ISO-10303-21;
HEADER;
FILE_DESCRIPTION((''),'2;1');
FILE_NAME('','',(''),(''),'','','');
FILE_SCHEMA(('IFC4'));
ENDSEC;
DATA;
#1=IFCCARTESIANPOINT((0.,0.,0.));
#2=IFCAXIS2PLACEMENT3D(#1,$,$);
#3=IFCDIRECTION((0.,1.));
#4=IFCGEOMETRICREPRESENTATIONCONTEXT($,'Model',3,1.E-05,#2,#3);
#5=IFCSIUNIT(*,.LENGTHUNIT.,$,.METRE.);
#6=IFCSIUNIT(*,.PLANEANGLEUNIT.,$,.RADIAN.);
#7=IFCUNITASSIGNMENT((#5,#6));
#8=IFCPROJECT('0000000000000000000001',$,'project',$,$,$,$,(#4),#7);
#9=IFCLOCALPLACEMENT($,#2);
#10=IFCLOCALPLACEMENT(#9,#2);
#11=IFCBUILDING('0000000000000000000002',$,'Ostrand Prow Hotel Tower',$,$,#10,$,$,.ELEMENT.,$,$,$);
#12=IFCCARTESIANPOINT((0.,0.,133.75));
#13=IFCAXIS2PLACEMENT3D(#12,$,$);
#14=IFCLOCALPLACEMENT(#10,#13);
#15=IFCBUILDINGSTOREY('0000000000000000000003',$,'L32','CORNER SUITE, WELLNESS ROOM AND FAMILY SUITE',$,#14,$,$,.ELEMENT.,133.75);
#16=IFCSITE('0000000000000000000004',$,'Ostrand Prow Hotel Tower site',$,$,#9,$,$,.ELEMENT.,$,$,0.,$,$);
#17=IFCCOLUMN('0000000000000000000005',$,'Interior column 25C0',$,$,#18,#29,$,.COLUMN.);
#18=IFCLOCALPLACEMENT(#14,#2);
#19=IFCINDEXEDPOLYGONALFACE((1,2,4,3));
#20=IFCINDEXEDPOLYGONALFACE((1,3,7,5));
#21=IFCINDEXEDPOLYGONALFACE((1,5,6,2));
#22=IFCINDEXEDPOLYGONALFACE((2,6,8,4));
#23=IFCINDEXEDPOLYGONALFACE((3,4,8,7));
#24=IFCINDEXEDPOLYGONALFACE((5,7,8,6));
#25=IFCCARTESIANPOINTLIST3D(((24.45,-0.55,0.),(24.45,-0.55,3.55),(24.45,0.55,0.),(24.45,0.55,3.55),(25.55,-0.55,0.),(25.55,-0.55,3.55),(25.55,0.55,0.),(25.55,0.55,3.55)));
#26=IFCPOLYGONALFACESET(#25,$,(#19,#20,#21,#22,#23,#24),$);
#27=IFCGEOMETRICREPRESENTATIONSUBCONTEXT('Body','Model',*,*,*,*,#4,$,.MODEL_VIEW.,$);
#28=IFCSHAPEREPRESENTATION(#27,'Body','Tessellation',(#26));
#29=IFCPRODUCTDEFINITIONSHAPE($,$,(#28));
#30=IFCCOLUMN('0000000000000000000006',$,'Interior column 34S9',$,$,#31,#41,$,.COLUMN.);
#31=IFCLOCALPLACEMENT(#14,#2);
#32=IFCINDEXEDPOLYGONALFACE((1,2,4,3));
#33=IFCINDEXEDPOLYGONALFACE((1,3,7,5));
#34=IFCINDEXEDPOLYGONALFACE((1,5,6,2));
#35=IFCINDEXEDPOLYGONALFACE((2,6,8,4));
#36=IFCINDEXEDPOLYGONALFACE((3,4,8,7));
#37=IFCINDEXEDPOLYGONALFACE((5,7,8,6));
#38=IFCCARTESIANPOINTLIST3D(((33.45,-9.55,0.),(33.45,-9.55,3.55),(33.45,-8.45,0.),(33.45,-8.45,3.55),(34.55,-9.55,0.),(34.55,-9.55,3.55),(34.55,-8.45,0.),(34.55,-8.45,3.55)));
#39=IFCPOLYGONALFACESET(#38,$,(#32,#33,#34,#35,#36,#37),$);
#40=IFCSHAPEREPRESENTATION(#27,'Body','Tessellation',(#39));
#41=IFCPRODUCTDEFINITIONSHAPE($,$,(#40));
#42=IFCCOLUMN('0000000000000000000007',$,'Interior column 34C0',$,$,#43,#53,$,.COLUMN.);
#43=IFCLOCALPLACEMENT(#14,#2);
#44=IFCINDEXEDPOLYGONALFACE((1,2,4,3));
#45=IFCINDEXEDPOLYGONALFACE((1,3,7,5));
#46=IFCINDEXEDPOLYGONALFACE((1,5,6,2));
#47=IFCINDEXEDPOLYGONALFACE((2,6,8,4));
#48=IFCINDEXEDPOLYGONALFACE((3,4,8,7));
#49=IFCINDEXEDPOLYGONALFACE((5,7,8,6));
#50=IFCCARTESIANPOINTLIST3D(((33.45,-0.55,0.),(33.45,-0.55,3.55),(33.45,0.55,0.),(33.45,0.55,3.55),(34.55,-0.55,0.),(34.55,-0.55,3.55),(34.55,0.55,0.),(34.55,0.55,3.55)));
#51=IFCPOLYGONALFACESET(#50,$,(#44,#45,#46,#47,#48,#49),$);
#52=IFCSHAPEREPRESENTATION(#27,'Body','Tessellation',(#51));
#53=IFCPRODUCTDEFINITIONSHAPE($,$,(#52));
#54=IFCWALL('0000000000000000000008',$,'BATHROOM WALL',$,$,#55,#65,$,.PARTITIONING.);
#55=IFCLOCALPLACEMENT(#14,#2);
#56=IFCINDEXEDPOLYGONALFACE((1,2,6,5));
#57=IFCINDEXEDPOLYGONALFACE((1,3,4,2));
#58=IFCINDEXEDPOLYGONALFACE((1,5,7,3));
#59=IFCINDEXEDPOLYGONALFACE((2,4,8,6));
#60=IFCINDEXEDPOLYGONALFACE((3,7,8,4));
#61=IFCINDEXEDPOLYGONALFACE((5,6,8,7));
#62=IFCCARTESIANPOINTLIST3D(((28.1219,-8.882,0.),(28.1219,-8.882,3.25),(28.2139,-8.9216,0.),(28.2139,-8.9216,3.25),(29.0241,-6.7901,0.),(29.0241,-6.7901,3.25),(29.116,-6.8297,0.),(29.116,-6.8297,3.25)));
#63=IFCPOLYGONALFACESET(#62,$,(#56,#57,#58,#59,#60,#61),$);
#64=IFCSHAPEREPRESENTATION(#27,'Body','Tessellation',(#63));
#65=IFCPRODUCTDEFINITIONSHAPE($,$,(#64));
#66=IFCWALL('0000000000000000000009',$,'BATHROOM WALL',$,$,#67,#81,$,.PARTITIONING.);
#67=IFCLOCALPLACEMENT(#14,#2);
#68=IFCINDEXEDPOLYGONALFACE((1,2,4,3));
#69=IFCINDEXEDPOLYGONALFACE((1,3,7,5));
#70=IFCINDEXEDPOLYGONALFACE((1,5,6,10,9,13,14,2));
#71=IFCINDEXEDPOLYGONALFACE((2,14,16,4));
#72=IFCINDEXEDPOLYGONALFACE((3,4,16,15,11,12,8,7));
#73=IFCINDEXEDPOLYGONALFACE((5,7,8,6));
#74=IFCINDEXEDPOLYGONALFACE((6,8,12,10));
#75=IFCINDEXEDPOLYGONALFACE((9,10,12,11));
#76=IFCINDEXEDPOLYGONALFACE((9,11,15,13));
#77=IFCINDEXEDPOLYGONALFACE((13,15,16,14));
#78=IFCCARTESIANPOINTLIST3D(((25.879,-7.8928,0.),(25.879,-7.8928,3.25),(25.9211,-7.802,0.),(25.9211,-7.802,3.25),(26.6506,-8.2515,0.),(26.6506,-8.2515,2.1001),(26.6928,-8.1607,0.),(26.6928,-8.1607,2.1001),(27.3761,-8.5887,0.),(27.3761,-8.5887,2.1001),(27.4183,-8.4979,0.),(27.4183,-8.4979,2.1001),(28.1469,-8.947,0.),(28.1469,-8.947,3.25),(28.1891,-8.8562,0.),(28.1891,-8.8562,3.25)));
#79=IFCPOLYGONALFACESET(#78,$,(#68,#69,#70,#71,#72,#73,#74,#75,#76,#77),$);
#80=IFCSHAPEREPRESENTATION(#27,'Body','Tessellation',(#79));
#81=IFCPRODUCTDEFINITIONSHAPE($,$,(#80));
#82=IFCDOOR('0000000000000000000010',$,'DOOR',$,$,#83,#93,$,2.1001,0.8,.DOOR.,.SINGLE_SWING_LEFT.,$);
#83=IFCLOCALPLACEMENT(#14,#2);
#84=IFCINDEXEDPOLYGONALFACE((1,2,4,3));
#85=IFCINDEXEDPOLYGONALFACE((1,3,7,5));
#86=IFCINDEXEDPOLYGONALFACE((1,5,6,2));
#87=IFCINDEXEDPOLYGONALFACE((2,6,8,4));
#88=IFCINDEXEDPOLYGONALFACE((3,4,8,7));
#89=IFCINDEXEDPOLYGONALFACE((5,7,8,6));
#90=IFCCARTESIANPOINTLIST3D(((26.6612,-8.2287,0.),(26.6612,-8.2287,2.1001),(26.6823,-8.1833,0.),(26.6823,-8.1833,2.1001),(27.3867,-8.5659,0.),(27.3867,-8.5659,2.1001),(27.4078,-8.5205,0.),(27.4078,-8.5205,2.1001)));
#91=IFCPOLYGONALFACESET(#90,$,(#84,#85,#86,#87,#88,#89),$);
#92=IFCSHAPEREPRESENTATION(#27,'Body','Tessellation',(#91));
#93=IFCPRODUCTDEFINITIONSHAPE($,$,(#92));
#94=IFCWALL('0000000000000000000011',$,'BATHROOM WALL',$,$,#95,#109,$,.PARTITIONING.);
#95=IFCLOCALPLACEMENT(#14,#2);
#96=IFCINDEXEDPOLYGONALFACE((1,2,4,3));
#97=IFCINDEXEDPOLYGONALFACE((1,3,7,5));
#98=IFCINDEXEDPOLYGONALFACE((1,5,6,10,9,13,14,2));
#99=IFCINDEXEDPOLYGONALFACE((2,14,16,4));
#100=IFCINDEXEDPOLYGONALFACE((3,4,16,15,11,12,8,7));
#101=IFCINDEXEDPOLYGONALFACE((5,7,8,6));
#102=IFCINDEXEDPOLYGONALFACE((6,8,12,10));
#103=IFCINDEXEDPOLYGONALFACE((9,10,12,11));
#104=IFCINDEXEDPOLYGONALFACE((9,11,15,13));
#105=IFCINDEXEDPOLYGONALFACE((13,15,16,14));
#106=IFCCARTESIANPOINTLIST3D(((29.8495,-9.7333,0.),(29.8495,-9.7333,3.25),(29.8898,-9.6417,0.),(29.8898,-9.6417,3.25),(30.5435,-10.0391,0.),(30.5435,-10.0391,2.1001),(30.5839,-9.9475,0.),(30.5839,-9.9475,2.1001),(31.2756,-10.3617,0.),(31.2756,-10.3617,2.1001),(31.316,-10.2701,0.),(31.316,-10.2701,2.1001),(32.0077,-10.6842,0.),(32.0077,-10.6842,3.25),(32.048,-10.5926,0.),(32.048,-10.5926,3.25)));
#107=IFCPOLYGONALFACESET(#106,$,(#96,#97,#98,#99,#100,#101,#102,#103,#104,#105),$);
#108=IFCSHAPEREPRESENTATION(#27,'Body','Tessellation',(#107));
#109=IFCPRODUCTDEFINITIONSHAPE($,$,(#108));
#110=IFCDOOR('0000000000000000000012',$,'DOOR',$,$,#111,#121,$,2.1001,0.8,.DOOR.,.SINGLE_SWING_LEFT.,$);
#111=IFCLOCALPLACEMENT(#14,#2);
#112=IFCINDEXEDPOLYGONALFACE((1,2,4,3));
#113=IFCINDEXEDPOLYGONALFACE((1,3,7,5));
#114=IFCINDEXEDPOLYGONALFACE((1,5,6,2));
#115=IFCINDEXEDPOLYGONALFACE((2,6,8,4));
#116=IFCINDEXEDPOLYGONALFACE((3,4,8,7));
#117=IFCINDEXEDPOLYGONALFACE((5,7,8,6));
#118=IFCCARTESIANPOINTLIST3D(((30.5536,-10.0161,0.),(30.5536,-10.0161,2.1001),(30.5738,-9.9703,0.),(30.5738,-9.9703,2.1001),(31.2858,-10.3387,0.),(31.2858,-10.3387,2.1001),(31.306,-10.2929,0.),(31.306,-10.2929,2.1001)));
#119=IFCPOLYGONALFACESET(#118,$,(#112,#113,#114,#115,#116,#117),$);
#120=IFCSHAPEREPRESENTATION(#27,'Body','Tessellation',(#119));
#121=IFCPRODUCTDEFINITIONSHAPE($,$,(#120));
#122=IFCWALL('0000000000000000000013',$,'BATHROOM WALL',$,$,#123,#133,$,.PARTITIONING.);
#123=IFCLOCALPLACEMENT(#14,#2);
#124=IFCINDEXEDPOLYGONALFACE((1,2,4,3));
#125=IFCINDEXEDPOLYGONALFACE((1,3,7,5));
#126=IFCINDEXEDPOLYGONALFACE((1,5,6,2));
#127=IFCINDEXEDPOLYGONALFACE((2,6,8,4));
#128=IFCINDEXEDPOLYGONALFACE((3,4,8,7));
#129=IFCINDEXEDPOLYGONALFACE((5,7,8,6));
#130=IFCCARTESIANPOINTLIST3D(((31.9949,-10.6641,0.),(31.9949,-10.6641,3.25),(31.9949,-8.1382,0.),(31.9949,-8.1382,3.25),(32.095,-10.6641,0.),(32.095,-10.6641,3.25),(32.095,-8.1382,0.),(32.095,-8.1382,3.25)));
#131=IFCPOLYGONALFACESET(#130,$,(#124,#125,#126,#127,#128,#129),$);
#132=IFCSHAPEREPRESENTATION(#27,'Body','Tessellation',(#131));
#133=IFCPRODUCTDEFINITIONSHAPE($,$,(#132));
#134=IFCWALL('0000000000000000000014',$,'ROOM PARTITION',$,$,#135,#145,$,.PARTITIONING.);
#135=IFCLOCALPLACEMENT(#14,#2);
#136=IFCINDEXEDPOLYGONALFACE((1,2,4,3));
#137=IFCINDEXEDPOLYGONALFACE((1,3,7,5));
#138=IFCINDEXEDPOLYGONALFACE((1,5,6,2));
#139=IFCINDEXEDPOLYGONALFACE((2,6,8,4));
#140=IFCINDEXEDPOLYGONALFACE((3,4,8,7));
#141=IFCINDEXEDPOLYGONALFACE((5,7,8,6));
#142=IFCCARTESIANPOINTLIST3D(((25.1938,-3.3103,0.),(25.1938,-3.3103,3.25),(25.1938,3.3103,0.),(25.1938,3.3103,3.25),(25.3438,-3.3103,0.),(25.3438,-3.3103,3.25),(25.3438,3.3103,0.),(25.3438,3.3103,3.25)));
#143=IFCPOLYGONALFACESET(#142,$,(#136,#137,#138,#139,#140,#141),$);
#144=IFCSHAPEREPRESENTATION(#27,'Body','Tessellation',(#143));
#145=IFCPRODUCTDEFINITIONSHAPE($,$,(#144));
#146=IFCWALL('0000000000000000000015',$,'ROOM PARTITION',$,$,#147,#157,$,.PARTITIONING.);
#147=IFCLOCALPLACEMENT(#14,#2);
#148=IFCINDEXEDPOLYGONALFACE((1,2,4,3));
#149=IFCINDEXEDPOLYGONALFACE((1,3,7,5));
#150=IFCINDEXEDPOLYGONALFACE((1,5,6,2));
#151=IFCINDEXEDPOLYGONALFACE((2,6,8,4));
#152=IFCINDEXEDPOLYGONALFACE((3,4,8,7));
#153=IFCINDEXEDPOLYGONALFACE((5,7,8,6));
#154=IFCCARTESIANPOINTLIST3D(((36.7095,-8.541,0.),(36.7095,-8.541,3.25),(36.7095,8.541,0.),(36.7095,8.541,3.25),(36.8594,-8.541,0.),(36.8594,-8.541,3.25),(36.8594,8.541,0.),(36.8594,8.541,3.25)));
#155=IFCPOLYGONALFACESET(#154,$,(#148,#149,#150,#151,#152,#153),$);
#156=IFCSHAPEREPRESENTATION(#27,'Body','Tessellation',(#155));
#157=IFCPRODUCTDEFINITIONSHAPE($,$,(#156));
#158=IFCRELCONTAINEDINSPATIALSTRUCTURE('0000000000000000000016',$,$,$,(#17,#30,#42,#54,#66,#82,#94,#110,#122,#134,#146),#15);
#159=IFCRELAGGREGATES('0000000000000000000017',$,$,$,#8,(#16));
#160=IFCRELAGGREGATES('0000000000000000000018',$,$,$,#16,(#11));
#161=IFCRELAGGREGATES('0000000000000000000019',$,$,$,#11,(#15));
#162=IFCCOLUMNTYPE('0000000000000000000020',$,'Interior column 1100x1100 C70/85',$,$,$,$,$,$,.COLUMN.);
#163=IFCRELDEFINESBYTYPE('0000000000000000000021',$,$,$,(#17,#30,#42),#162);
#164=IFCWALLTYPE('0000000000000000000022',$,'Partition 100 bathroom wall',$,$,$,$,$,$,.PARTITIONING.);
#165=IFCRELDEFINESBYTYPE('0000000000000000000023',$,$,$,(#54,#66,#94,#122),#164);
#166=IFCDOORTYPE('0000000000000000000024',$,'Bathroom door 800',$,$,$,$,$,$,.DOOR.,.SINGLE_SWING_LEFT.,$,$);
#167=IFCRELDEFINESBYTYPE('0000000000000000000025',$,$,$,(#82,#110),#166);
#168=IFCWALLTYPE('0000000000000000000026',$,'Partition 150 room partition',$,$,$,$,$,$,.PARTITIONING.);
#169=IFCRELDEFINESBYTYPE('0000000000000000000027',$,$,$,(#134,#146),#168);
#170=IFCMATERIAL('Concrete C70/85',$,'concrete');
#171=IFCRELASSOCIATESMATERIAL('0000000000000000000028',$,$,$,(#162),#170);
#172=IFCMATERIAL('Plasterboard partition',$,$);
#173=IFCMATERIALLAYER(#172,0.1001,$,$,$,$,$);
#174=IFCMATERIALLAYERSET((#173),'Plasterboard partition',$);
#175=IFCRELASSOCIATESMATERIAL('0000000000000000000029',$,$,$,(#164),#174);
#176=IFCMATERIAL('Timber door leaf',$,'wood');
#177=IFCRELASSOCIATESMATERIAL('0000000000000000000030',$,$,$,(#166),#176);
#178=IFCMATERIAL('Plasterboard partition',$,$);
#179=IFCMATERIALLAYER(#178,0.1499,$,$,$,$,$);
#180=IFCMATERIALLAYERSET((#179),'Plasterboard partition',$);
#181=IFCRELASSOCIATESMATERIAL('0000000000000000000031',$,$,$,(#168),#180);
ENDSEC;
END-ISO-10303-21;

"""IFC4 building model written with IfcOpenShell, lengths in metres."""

from ifc_helpers import new_model, si_unit, direction, frame, frame_2d, origin, origin_2d, place, context, subcontext, project, spatial, rectangle, extrude, material, layer, layer_set, material_profile, profile_set, type_object, element, fill, save


model = new_model("IFC4")

# Units and contexts
model_context = context("Model", 3, precision=1e-05, world=origin(), true_north=direction((0.0, 1.0)))
body_context = subcontext(model_context, "Body", "Model", "MODEL_VIEW")
ifc_project = project(units=[si_unit("LENGTHUNIT", "METRE"), si_unit("PLANEANGLEUNIT", "RADIAN")], contexts=[model_context])

# Site, building, storey
site_placement = place(None, origin())
site = spatial("IfcSite", under=ifc_project, at=site_placement, Name="Ostrand Prow Hotel Tower site", CompositionType="ELEMENT", RefElevation=0.0)
building_placement = place(site_placement, origin())
building = spatial("IfcBuilding", under=site, at=building_placement, Name="Ostrand Prow Hotel Tower", CompositionType="ELEMENT")
storey_placement = place(building_placement, frame((0.0, 0.0, 133.75)))
storey = spatial("IfcBuildingStorey", under=building, at=storey_placement, Name="L32", Description="CORNER SUITE, WELLNESS ROOM AND FAMILY SUITE", CompositionType="ELEMENT", Elevation=133.75)

# Columns
ifc_material_1 = material(Name="Concrete C70/85", Category="concrete")
ifc_material_profile = material_profile(ifc_material_1, rectangle(XDim=1.1001, YDim=1.1001, at=origin_2d()), Name="RC 1100x1100")
ifc_profile_set = profile_set([ifc_material_profile], Name="Concrete C70/85")
column_type = type_object("IfcColumnType", Name="Interior column 1100x1100 C70/85", PredefinedType="COLUMN", material=ifc_profile_set)
for number, where, z_axis, x_axis, name in (
    (1, (25.0, 0.0, 0.0), (0.0, 0.0, 1.0), (1.0, 0.0, 0.0), "Interior column 25C0"),
    (2, (34.0, -9.0, 0.0), (0.0, 0.0, 1.0), (1.0, 0.0, 0.0), "Interior column 34S9"),
    (3, (34.0, 0.0, 0.0), (0.0, 0.0, 1.0), (1.0, 0.0, 0.0), "Interior column 34C0"),
):
    element("IfcColumn", number, at=place(storey_placement, frame(where, z_axis=z_axis, x_axis=x_axis)), inside=storey, type_object=column_type, Name=name, PredefinedType="COLUMN", context=body_context, shape_type="SweptSolid", body=[
        extrude(rectangle(XDim=1.1001, YDim=1.1001, at=origin_2d()), origin(), (0.0, 0.0, 1.0), 3.55),
    ])

# Wall
ifc_material_2 = material(Name="Plasterboard partition")
ifc_layer_1 = layer(ifc_material_2, 0.1001)
ifc_layer_set_1 = layer_set([ifc_layer_1], Name="Plasterboard partition")
wall_type_1 = type_object("IfcWallType", Name="Partition 100 bathroom wall", PredefinedType="PARTITIONING", material=ifc_layer_set_1)
wall_1_placement = place(storey_placement, frame((29.0701, -6.8098, 0.0), z_axis=(0.0, 0.0, 1.0), x_axis=(-0.396001, -0.91825, 0.0)))
element("IfcWall", 4, at=wall_1_placement, inside=storey, type_object=wall_type_1, Name="BATHROOM WALL", PredefinedType="PARTITIONING", context=body_context, shape_type="SweptSolid", body=[
    extrude(rectangle(XDim=2.2781, YDim=0.1001, at=frame_2d((1.1392, 0.0))), origin(), (0.0, 0.0, 1.0), 3.25),
])

# Walls, openings, doors
wall_2_placement = place(storey_placement, frame((28.168, -8.9016, 0.0), z_axis=(0.0, 0.0, 1.0), x_axis=(-0.906813, 0.421533, 0.0)))
wall_2 = element("IfcWall", 5, at=wall_2_placement, inside=storey, type_object=wall_type_1, Name="BATHROOM WALL", PredefinedType="PARTITIONING", context=body_context, shape_type="SweptSolid", body=[
    extrude(rectangle(XDim=2.501, YDim=0.1001, at=frame_2d((1.2505, 0.0))), origin(), (0.0, 0.0, 1.0), 3.25),
])
opening_1_placement = place(wall_2_placement, frame((0.8501, 0.0, 0.0)))
opening_1 = element("IfcOpeningElement", 6, at=opening_1_placement, cuts=wall_2, PredefinedType="OPENING", context=body_context, shape_type="SweptSolid", body=[
    extrude(rectangle(XDim=0.8, YDim=2.1001, at=frame_2d((0.3999, 1.05))), frame((0.0, 0.0601, 0.0), z_axis=(0.0, -1.0, 0.0), x_axis=(1.0, 0.0, 0.0)), (0.0, 0.0, 1.0), 0.1201),
])
ifc_material_3 = material(Name="Timber door leaf", Category="wood")
door_type_1 = type_object("IfcDoorType", Name="Bathroom door 800", OperationType="SINGLE_SWING_LEFT", PredefinedType="DOOR", material=ifc_material_3)
door_1_placement = place(opening_1_placement, origin())
door_1 = element("IfcDoor", 7, at=door_1_placement, inside=storey, type_object=door_type_1, Name="DOOR", OperationType="SINGLE_SWING_LEFT", OverallHeight=2.1001, OverallWidth=0.8, PredefinedType="DOOR", context=body_context, shape_type="SweptSolid", body=[
    extrude(rectangle(XDim=0.8, YDim=2.1001, at=frame_2d((0.3999, 1.05))), frame((0.0, 0.0249, 0.0), z_axis=(0.0, -1.0, 0.0), x_axis=(1.0, 0.0, 0.0)), (0.0, 0.0, 1.0), 0.05),
])
fill(opening_1, door_1)
wall_3_placement = place(storey_placement, frame((32.0278, -10.6384, 0.0), z_axis=(0.0, 0.0, 1.0), x_axis=(-0.915109, 0.403207, 0.0)))
wall_3 = element("IfcWall", 8, at=wall_3_placement, inside=storey, type_object=wall_type_1, Name="BATHROOM WALL", PredefinedType="PARTITIONING", context=body_context, shape_type="SweptSolid", body=[
    extrude(rectangle(XDim=2.3584, YDim=0.1001, at=frame_2d((1.1792, 0.0))), origin(), (0.0, 0.0, 1.0), 3.25),
])
opening_2_placement = place(wall_3_placement, frame((0.8, 0.0, 0.0)))
opening_2 = element("IfcOpeningElement", 9, at=opening_2_placement, cuts=wall_3, PredefinedType="OPENING", context=body_context, shape_type="SweptSolid", body=[
    extrude(rectangle(XDim=0.8, YDim=2.1001, at=frame_2d((0.3999, 1.05))), frame((0.0, 0.0601, 0.0), z_axis=(0.0, -1.0, 0.0), x_axis=(1.0, 0.0, 0.0)), (0.0, 0.0, 1.0), 0.1201),
])
door_2_placement = place(opening_2_placement, origin())
door_2 = element("IfcDoor", 10, at=door_2_placement, inside=storey, type_object=door_type_1, Name="DOOR", OperationType="SINGLE_SWING_LEFT", OverallHeight=2.1001, OverallWidth=0.8, PredefinedType="DOOR", context=body_context, shape_type="SweptSolid", body=[
    extrude(rectangle(XDim=0.8, YDim=2.1001, at=frame_2d((0.3999, 1.05))), frame((0.0, 0.0249, 0.0), z_axis=(0.0, -1.0, 0.0), x_axis=(1.0, 0.0, 0.0)), (0.0, 0.0, 1.0), 0.05),
])
fill(opening_2, door_2)

# Walls
wall_4_placement = place(storey_placement, frame((32.0449, -8.1382, 0.0), z_axis=(0.0, 0.0, 1.0), x_axis=(0.0, -1.0, 0.0)))
element("IfcWall", 11, at=wall_4_placement, inside=storey, type_object=wall_type_1, Name="BATHROOM WALL", PredefinedType="PARTITIONING", context=body_context, shape_type="SweptSolid", body=[
    extrude(rectangle(XDim=2.5259, YDim=0.1001, at=frame_2d((1.2629, 0.0))), origin(), (0.0, 0.0, 1.0), 3.25),
])
ifc_material_4 = material(Name="Plasterboard partition")
ifc_layer_2 = layer(ifc_material_4, 0.1499)
ifc_layer_set_2 = layer_set([ifc_layer_2], Name="Plasterboard partition")
wall_type_2 = type_object("IfcWallType", Name="Partition 150 room partition", PredefinedType="PARTITIONING", material=ifc_layer_set_2)
wall_5_placement = place(storey_placement, frame((25.2688, -3.3103, 0.0), z_axis=(0.0, 0.0, 1.0), x_axis=(0.0, 1.0, 0.0)))
element("IfcWall", 12, at=wall_5_placement, inside=storey, type_object=wall_type_2, Name="ROOM PARTITION", PredefinedType="PARTITIONING", context=body_context, shape_type="SweptSolid", body=[
    extrude(rectangle(XDim=6.6206, YDim=0.1499, at=frame_2d((3.3103, 0.0))), origin(), (0.0, 0.0, 1.0), 3.25),
])
wall_6_placement = place(storey_placement, frame((36.7844, -8.541, 0.0), z_axis=(0.0, 0.0, 1.0), x_axis=(0.0, 1.0, 0.0)))
element("IfcWall", 13, at=wall_6_placement, inside=storey, type_object=wall_type_2, Name="ROOM PARTITION", PredefinedType="PARTITIONING", context=body_context, shape_type="SweptSolid", body=[
    extrude(rectangle(XDim=17.082, YDim=0.1499, at=frame_2d((8.541, 0.0))), origin(), (0.0, 0.0, 1.0), 3.25),
])

save(model, "model.ifc")
